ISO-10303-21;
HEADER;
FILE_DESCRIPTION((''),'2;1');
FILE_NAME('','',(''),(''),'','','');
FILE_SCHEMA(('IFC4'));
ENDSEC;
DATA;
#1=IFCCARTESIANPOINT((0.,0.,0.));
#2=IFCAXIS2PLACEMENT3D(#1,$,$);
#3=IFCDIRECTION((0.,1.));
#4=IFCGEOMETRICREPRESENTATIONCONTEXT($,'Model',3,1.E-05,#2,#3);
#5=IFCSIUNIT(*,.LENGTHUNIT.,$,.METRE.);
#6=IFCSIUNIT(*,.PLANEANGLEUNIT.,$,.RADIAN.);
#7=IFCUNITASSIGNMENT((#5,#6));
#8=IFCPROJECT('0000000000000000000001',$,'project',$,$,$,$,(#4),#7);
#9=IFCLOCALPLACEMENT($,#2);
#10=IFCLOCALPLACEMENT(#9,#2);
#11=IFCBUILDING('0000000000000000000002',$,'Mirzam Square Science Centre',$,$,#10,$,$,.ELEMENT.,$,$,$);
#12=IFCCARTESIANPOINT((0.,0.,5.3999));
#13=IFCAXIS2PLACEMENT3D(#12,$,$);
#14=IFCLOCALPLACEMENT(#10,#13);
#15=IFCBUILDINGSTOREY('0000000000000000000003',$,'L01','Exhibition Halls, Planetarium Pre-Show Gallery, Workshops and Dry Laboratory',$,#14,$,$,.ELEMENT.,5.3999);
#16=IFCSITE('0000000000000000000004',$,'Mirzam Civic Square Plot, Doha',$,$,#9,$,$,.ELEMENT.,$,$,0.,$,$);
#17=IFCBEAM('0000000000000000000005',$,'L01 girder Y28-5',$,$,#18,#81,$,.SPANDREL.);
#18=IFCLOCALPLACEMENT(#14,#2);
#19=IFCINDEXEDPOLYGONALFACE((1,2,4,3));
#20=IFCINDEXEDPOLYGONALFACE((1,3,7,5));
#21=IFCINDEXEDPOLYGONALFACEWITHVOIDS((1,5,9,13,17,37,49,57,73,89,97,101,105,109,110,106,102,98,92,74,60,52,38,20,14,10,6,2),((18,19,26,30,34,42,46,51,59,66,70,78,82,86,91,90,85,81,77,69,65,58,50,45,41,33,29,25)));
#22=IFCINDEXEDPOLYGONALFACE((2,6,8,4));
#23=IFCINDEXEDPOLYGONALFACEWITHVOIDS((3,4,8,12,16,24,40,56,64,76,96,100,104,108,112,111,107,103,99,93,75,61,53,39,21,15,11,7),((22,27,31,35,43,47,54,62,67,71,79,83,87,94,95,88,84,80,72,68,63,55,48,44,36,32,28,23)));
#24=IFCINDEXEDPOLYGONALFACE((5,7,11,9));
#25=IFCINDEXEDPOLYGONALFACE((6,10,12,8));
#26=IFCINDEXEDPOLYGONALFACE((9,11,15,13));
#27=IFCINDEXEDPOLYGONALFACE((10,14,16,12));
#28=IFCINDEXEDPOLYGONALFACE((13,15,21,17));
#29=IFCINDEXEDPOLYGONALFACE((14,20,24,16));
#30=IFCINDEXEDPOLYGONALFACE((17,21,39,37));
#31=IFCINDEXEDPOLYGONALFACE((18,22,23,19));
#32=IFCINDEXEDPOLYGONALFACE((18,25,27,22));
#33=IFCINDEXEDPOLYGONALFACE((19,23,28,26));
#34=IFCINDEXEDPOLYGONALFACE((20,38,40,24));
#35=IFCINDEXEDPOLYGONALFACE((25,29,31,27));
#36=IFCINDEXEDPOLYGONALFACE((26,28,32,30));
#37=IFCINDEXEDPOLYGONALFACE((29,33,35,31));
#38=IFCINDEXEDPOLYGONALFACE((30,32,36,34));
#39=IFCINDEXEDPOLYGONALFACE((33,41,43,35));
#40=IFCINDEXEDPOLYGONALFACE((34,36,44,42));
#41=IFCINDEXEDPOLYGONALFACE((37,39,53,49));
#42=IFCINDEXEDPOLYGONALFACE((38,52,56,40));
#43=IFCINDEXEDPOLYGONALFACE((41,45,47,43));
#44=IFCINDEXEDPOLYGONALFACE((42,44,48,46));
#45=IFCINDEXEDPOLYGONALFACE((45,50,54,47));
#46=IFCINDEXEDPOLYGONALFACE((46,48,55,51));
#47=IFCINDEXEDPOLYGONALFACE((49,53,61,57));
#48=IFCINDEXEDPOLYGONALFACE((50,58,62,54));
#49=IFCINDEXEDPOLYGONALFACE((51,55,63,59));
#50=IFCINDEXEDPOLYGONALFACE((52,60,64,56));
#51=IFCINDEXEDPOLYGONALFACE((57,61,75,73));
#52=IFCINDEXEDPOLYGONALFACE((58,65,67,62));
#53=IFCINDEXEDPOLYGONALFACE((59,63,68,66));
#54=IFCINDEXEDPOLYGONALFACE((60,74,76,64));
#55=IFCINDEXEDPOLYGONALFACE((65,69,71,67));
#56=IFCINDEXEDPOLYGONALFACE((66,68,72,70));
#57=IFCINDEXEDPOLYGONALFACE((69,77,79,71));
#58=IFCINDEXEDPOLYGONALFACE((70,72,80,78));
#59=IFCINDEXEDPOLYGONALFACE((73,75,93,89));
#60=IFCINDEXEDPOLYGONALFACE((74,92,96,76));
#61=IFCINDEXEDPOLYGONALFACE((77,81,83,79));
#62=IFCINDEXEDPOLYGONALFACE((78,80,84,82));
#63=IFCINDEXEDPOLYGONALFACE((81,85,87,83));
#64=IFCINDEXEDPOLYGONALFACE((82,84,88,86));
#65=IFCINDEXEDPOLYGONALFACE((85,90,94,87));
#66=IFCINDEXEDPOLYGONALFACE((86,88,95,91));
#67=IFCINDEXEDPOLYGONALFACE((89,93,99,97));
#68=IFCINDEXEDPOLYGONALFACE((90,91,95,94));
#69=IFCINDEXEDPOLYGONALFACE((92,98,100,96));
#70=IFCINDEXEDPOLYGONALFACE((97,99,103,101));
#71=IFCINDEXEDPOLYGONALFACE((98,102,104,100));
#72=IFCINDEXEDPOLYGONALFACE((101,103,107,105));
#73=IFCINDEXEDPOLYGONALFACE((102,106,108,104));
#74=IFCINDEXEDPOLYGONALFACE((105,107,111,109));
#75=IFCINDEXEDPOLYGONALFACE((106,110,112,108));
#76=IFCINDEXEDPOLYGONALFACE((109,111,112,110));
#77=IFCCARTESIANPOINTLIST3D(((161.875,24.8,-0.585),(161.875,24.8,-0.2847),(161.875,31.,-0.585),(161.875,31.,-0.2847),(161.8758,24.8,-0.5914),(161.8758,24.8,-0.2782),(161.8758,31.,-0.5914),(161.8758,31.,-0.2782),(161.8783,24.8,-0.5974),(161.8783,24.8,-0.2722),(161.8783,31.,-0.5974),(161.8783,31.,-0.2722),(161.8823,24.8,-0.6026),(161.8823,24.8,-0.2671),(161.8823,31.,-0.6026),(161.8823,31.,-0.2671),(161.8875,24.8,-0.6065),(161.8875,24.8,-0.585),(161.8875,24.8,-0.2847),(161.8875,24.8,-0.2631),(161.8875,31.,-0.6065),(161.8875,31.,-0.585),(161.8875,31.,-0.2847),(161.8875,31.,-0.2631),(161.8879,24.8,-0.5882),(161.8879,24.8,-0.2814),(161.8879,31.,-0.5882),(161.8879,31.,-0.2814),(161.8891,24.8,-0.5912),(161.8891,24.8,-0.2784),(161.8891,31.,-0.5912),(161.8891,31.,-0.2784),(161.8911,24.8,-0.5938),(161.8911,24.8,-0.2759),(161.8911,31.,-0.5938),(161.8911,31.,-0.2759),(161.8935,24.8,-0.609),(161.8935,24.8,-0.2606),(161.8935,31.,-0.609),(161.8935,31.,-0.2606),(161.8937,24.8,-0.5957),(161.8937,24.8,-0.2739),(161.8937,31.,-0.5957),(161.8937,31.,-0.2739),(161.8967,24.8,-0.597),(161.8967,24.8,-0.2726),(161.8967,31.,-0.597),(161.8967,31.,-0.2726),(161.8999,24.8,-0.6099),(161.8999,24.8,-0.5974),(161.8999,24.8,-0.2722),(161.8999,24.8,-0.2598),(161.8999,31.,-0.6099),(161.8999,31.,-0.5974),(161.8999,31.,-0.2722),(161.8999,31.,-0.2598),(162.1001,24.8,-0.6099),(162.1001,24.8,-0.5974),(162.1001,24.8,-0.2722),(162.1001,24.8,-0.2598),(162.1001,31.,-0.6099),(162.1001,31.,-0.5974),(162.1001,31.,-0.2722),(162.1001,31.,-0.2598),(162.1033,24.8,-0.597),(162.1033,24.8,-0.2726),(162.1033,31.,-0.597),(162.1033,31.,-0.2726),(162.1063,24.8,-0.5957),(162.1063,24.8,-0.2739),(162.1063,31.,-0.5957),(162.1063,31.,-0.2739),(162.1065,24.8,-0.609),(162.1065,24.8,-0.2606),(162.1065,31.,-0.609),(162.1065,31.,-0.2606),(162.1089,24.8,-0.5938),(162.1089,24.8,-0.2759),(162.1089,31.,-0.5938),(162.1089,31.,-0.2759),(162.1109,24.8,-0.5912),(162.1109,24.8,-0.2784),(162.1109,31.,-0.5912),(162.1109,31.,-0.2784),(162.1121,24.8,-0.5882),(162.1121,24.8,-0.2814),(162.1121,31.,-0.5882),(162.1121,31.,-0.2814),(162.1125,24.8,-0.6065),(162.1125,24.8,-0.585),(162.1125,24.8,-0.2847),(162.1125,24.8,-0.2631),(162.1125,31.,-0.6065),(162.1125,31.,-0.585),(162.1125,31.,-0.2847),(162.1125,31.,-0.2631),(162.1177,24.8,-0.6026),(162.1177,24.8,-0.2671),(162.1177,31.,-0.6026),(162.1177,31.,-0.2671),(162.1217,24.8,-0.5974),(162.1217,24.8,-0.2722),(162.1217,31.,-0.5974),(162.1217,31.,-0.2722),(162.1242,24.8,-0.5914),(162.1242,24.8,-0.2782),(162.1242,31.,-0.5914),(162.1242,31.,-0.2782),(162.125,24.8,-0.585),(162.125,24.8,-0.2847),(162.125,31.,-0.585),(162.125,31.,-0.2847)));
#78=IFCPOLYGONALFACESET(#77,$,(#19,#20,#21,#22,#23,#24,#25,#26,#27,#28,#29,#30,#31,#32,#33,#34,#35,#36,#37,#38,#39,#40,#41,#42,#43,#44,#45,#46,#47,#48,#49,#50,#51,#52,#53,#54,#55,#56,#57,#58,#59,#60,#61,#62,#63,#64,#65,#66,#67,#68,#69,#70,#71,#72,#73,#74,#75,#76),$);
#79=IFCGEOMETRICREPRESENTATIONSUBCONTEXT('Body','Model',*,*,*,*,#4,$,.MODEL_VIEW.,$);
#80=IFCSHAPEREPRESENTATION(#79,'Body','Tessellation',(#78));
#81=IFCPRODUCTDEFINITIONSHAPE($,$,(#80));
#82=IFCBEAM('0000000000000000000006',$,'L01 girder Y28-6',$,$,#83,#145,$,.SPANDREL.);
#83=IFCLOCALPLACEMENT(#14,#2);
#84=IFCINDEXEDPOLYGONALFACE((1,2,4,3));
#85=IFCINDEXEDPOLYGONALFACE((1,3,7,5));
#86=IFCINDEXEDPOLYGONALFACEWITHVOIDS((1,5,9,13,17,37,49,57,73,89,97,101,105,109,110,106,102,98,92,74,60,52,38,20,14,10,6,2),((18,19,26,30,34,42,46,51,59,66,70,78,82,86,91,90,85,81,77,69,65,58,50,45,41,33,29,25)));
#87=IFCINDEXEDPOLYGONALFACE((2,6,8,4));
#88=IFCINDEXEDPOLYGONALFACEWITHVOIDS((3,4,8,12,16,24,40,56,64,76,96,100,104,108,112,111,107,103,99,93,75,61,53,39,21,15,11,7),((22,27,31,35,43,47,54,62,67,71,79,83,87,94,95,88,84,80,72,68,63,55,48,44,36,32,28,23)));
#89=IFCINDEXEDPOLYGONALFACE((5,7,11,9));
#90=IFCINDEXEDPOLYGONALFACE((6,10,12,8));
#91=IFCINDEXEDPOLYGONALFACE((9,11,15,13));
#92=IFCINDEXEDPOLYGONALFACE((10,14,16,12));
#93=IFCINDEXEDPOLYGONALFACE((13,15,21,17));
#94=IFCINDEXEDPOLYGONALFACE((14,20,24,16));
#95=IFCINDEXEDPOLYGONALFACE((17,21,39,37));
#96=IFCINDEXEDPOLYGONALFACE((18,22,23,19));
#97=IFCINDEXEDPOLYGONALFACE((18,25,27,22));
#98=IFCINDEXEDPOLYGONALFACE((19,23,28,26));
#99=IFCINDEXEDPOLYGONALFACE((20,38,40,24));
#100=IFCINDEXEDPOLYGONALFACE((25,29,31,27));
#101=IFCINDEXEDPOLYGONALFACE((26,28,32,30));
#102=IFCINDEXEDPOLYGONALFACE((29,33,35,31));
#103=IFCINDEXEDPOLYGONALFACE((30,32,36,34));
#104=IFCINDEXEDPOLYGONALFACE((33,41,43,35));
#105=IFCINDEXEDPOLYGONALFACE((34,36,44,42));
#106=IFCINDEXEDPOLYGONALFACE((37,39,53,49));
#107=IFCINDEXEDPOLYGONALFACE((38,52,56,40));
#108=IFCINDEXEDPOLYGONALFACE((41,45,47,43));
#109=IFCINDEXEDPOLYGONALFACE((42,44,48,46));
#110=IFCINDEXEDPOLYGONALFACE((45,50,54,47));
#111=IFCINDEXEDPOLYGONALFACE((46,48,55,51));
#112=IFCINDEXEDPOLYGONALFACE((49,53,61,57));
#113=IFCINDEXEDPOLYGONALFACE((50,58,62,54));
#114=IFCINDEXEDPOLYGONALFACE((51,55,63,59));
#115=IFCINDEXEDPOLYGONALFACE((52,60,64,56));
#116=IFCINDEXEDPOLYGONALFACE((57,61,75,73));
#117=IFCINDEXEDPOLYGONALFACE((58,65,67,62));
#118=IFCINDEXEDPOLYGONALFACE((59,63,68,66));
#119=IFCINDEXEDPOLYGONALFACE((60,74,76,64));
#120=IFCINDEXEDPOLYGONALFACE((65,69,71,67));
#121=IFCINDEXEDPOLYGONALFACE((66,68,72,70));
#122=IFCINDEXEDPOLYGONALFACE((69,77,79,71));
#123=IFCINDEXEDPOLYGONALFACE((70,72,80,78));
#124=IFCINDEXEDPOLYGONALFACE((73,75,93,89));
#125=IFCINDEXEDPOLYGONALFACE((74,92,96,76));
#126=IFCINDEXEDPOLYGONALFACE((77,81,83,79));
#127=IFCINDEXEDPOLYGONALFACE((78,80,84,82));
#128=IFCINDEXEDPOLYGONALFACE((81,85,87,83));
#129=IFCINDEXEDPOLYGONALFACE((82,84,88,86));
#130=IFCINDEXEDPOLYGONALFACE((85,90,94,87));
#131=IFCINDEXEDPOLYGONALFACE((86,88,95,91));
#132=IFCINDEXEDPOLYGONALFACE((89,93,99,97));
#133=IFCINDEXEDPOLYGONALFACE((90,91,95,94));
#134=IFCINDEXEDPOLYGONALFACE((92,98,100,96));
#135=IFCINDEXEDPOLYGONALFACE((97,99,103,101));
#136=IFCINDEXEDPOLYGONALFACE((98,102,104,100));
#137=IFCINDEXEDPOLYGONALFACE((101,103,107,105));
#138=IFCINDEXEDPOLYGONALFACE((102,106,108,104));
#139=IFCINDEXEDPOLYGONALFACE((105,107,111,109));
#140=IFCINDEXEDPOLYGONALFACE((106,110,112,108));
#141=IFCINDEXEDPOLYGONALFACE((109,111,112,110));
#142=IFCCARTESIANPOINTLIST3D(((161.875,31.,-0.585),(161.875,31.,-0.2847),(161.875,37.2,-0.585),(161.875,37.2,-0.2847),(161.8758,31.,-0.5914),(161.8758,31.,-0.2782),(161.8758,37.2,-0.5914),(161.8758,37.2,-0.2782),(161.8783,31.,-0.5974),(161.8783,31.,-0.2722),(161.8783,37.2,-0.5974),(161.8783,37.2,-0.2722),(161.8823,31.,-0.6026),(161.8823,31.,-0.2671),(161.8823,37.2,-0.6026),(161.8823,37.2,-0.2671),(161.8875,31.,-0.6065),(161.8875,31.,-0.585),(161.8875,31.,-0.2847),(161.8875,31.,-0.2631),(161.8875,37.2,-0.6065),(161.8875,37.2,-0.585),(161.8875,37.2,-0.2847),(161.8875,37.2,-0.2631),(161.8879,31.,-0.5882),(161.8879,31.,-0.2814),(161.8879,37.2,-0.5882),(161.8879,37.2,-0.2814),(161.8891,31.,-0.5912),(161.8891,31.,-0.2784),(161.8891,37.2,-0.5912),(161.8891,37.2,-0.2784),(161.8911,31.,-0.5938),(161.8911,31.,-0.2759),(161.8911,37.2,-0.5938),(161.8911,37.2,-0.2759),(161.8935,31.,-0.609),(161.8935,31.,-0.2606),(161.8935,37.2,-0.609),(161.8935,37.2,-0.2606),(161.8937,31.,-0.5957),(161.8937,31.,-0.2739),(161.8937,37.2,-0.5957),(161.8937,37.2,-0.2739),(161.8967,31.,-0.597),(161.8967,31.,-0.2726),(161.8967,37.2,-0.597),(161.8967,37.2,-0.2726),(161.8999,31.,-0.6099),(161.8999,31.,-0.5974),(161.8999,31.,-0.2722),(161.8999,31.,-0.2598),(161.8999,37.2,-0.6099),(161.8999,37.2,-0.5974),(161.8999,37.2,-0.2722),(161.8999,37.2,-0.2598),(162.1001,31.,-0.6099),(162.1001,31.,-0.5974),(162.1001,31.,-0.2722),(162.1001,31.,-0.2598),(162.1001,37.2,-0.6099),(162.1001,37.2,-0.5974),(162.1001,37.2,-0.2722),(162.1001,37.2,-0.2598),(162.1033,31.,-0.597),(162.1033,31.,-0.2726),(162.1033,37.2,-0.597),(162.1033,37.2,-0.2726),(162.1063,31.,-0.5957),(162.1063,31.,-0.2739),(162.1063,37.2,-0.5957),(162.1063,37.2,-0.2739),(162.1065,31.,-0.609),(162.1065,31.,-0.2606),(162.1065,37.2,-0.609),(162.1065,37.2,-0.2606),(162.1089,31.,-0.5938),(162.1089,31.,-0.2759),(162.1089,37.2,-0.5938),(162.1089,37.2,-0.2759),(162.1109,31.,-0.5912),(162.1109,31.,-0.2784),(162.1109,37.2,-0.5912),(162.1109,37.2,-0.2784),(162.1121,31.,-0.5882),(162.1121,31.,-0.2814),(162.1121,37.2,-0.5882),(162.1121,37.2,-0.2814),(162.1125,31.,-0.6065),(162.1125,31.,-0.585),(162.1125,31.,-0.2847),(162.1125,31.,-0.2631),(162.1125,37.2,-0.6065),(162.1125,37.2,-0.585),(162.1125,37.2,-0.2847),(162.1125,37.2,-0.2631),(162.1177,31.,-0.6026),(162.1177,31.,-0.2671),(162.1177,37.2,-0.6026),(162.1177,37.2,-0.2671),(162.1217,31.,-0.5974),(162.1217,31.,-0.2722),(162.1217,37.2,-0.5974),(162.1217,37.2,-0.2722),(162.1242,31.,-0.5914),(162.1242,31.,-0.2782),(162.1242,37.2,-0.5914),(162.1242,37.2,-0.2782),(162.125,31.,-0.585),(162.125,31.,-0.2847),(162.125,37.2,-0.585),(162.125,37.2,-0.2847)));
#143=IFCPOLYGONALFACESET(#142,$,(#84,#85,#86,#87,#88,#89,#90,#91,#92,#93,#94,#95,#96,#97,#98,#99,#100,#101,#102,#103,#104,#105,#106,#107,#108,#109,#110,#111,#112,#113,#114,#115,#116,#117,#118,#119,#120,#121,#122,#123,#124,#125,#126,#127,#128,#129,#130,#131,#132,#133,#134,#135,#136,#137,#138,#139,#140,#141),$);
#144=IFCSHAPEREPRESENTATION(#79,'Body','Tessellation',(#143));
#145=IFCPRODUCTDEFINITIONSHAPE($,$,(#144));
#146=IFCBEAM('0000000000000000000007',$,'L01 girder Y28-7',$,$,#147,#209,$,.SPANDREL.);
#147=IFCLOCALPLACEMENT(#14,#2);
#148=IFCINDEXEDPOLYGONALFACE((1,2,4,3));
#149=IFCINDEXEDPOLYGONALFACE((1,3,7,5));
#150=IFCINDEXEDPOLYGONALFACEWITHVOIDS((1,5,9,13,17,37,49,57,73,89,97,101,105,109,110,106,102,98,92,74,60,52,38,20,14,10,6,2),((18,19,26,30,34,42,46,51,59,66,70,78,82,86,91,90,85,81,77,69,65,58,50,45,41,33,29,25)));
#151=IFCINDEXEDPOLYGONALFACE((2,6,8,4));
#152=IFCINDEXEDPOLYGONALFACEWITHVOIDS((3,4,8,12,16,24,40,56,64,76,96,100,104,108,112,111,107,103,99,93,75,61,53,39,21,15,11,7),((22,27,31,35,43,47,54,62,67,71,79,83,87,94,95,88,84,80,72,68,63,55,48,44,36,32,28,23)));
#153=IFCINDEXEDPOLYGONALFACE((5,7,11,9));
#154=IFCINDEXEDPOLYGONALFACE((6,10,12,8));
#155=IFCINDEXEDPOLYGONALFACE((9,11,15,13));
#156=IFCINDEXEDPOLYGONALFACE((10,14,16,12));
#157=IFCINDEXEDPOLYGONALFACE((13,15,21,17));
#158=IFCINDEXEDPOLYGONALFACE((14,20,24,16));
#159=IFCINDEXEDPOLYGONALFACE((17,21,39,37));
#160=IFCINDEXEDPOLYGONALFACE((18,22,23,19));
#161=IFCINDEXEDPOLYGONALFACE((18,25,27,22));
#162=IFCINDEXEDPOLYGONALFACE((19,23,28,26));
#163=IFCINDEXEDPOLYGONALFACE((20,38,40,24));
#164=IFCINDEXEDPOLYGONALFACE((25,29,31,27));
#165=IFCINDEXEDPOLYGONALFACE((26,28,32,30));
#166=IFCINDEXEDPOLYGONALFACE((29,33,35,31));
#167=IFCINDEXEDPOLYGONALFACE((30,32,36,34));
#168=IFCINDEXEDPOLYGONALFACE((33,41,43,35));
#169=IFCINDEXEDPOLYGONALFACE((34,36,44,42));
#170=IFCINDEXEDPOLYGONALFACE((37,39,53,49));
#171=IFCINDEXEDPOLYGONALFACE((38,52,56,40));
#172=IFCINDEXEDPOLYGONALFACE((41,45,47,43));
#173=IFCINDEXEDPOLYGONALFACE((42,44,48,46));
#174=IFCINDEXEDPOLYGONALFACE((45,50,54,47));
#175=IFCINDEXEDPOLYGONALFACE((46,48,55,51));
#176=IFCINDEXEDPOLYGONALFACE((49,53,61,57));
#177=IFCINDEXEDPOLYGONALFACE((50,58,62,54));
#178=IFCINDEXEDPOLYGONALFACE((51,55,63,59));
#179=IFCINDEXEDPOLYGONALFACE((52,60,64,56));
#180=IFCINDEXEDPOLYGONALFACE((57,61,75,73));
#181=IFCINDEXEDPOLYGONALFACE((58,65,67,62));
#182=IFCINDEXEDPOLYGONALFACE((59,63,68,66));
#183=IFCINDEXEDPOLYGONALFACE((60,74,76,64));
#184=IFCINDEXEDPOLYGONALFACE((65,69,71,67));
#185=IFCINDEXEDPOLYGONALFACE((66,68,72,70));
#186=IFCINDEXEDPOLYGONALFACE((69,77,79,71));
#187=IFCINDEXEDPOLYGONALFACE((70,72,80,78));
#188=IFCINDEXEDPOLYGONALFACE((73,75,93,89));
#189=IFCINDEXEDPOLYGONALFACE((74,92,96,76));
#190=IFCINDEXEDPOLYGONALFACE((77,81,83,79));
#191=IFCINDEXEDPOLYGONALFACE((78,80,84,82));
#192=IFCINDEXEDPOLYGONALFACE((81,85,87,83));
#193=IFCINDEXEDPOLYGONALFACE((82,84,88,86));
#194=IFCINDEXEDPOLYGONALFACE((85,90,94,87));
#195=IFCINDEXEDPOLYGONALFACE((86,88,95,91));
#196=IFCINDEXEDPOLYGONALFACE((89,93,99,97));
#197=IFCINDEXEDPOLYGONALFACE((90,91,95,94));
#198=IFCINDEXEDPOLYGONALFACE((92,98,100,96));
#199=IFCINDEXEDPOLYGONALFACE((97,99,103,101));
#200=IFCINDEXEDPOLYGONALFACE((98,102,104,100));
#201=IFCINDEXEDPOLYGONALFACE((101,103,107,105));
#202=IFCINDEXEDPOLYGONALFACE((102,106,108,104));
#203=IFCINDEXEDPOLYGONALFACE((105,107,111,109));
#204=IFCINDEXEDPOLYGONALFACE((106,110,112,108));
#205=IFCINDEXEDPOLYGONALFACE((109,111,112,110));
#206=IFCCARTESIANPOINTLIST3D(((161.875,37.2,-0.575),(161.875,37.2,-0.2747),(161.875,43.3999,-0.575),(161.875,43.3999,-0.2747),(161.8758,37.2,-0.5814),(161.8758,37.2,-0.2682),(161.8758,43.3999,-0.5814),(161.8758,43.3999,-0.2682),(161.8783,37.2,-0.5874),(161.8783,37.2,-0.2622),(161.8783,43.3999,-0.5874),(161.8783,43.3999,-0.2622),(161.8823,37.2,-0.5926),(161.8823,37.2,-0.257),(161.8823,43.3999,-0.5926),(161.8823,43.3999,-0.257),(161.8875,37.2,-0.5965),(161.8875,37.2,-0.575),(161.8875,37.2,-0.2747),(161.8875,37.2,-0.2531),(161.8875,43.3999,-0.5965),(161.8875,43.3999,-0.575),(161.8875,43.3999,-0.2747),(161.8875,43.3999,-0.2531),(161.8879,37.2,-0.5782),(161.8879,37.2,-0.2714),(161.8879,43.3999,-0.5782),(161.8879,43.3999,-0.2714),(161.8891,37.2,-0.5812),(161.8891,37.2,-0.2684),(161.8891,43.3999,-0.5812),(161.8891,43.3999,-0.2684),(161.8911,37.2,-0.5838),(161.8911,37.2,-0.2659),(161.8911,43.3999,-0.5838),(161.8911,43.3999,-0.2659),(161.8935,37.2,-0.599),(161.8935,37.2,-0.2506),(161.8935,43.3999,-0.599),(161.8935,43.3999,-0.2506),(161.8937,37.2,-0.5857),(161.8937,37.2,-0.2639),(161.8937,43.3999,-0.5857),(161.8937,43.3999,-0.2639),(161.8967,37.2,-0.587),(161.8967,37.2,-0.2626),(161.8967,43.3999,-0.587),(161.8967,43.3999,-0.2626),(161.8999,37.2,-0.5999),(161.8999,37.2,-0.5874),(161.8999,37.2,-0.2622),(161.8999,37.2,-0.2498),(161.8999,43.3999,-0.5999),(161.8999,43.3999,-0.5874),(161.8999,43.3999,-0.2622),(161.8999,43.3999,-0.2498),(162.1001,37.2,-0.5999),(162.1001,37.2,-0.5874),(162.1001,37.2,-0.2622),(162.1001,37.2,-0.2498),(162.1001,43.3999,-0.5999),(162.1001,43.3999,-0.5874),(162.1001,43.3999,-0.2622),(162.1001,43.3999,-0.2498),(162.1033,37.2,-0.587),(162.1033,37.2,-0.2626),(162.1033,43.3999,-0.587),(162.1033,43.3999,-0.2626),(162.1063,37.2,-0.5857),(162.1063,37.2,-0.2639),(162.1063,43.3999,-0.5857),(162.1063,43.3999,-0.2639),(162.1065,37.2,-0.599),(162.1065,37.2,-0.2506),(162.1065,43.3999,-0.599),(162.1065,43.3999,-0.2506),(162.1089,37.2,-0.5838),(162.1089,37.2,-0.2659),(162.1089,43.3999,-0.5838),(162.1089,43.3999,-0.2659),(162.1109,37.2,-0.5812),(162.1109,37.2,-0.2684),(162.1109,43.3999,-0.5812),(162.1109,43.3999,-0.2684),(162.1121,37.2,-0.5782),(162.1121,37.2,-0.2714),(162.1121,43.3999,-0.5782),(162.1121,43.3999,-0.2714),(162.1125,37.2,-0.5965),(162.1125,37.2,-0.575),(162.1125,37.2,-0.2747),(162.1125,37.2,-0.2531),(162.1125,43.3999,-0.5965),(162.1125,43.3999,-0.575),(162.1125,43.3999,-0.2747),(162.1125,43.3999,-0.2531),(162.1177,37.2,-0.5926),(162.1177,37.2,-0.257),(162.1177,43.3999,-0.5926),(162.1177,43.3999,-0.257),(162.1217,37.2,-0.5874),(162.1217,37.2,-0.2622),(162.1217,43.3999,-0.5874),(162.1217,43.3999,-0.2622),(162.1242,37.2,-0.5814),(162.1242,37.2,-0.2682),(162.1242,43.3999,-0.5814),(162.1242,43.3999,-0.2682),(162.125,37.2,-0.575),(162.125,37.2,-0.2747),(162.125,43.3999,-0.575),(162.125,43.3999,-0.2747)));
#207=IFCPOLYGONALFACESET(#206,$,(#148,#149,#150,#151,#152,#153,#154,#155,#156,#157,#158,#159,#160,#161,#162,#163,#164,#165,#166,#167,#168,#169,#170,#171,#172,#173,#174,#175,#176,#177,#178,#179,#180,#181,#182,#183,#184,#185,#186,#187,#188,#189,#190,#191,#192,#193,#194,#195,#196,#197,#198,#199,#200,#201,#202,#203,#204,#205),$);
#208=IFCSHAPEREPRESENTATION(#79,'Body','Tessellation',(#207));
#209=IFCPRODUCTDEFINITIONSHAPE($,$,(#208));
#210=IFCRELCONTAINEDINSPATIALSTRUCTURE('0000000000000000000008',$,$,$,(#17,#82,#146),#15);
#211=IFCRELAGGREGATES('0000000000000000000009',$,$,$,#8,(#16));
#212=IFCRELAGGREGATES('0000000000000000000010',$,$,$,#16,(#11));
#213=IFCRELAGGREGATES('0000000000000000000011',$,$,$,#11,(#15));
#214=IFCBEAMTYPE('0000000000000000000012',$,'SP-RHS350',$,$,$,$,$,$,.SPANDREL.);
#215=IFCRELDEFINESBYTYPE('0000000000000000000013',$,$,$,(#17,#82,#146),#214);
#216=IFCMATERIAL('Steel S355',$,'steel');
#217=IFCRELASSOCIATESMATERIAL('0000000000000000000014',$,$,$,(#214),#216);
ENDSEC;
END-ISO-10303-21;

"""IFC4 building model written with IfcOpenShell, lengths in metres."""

from ifc_helpers import new_model, si_unit, direction, frame, origin, origin_2d, place, context, subcontext, project, spatial, hollow_rectangle, extrude, material, material_profile, profile_set, type_object, element, save


model = new_model("IFC4")

# Units and contexts
model_context = context("Model", 3, precision=1e-05, world=origin(), true_north=direction((0.0, 1.0)))
body_context = subcontext(model_context, "Body", "Model", "MODEL_VIEW")
ifc_project = project(units=[si_unit("LENGTHUNIT", "METRE"), si_unit("PLANEANGLEUNIT", "RADIAN")], contexts=[model_context])

# Site, building, storey
site_placement = place(None, origin())
site = spatial("IfcSite", under=ifc_project, at=site_placement, Name="Mirzam Civic Square Plot, Doha", CompositionType="ELEMENT", RefElevation=0.0)
building_placement = place(site_placement, origin())
building = spatial("IfcBuilding", under=site, at=building_placement, Name="Mirzam Square Science Centre", CompositionType="ELEMENT")
storey_placement = place(building_placement, frame((0.0, 0.0, 5.3999)))
storey = spatial("IfcBuildingStorey", under=building, at=storey_placement, Name="L01", Description="Exhibition Halls, Planetarium Pre-Show Gallery, Workshops and Dry Laboratory", CompositionType="ELEMENT", Elevation=5.3999)

# Shared definitions
ifc_material_1 = material(Name="Steel S355", Category="steel")

# Beams
ifc_material_profile_1 = material_profile(ifc_material_1, hollow_rectangle(XDim=0.25, YDim=0.3501, WallThickness=0.0125, InnerFilletRadius=0.0125, OuterFilletRadius=0.0249, at=origin_2d()), Name="350x250x12.5RHS")
ifc_profile_set_1 = profile_set([ifc_material_profile_1], Name="Steel S355")
beam_type_1 = type_object("IfcBeamType", Name="SP-RHS350", PredefinedType="SPANDREL", material=ifc_profile_set_1)
for number, where, z_axis, x_axis, name in (
    (1, (162.0, 24.8, -0.4348), (0.0, 1.0, 0.0), (-1.0, 0.0, 0.0), "L01 girder Y28-5"),
    (2, (162.0, 31.0, -0.4348), (0.0, 1.0, 0.0), (-1.0, 0.0, 0.0), "L01 girder Y28-6"),
    (3, (162.0, 37.2, -0.4248), (0.0, 1.0, 0.0), (-1.0, 0.0, 0.0), "L01 girder Y28-7"),
):
    element("IfcBeam", number, at=place(storey_placement, frame(where, z_axis=z_axis, x_axis=x_axis)), inside=storey, type_object=beam_type_1, Name=name, PredefinedType="SPANDREL", context=body_context, shape_type="SweptSolid", body=[
        extrude(hollow_rectangle(XDim=0.25, YDim=0.3501, WallThickness=0.0125, InnerFilletRadius=0.0125, OuterFilletRadius=0.0249, at=origin_2d()), origin(), (0.0, 0.0, 1.0), 6.2),
    ])

save(model, "model.ifc")
